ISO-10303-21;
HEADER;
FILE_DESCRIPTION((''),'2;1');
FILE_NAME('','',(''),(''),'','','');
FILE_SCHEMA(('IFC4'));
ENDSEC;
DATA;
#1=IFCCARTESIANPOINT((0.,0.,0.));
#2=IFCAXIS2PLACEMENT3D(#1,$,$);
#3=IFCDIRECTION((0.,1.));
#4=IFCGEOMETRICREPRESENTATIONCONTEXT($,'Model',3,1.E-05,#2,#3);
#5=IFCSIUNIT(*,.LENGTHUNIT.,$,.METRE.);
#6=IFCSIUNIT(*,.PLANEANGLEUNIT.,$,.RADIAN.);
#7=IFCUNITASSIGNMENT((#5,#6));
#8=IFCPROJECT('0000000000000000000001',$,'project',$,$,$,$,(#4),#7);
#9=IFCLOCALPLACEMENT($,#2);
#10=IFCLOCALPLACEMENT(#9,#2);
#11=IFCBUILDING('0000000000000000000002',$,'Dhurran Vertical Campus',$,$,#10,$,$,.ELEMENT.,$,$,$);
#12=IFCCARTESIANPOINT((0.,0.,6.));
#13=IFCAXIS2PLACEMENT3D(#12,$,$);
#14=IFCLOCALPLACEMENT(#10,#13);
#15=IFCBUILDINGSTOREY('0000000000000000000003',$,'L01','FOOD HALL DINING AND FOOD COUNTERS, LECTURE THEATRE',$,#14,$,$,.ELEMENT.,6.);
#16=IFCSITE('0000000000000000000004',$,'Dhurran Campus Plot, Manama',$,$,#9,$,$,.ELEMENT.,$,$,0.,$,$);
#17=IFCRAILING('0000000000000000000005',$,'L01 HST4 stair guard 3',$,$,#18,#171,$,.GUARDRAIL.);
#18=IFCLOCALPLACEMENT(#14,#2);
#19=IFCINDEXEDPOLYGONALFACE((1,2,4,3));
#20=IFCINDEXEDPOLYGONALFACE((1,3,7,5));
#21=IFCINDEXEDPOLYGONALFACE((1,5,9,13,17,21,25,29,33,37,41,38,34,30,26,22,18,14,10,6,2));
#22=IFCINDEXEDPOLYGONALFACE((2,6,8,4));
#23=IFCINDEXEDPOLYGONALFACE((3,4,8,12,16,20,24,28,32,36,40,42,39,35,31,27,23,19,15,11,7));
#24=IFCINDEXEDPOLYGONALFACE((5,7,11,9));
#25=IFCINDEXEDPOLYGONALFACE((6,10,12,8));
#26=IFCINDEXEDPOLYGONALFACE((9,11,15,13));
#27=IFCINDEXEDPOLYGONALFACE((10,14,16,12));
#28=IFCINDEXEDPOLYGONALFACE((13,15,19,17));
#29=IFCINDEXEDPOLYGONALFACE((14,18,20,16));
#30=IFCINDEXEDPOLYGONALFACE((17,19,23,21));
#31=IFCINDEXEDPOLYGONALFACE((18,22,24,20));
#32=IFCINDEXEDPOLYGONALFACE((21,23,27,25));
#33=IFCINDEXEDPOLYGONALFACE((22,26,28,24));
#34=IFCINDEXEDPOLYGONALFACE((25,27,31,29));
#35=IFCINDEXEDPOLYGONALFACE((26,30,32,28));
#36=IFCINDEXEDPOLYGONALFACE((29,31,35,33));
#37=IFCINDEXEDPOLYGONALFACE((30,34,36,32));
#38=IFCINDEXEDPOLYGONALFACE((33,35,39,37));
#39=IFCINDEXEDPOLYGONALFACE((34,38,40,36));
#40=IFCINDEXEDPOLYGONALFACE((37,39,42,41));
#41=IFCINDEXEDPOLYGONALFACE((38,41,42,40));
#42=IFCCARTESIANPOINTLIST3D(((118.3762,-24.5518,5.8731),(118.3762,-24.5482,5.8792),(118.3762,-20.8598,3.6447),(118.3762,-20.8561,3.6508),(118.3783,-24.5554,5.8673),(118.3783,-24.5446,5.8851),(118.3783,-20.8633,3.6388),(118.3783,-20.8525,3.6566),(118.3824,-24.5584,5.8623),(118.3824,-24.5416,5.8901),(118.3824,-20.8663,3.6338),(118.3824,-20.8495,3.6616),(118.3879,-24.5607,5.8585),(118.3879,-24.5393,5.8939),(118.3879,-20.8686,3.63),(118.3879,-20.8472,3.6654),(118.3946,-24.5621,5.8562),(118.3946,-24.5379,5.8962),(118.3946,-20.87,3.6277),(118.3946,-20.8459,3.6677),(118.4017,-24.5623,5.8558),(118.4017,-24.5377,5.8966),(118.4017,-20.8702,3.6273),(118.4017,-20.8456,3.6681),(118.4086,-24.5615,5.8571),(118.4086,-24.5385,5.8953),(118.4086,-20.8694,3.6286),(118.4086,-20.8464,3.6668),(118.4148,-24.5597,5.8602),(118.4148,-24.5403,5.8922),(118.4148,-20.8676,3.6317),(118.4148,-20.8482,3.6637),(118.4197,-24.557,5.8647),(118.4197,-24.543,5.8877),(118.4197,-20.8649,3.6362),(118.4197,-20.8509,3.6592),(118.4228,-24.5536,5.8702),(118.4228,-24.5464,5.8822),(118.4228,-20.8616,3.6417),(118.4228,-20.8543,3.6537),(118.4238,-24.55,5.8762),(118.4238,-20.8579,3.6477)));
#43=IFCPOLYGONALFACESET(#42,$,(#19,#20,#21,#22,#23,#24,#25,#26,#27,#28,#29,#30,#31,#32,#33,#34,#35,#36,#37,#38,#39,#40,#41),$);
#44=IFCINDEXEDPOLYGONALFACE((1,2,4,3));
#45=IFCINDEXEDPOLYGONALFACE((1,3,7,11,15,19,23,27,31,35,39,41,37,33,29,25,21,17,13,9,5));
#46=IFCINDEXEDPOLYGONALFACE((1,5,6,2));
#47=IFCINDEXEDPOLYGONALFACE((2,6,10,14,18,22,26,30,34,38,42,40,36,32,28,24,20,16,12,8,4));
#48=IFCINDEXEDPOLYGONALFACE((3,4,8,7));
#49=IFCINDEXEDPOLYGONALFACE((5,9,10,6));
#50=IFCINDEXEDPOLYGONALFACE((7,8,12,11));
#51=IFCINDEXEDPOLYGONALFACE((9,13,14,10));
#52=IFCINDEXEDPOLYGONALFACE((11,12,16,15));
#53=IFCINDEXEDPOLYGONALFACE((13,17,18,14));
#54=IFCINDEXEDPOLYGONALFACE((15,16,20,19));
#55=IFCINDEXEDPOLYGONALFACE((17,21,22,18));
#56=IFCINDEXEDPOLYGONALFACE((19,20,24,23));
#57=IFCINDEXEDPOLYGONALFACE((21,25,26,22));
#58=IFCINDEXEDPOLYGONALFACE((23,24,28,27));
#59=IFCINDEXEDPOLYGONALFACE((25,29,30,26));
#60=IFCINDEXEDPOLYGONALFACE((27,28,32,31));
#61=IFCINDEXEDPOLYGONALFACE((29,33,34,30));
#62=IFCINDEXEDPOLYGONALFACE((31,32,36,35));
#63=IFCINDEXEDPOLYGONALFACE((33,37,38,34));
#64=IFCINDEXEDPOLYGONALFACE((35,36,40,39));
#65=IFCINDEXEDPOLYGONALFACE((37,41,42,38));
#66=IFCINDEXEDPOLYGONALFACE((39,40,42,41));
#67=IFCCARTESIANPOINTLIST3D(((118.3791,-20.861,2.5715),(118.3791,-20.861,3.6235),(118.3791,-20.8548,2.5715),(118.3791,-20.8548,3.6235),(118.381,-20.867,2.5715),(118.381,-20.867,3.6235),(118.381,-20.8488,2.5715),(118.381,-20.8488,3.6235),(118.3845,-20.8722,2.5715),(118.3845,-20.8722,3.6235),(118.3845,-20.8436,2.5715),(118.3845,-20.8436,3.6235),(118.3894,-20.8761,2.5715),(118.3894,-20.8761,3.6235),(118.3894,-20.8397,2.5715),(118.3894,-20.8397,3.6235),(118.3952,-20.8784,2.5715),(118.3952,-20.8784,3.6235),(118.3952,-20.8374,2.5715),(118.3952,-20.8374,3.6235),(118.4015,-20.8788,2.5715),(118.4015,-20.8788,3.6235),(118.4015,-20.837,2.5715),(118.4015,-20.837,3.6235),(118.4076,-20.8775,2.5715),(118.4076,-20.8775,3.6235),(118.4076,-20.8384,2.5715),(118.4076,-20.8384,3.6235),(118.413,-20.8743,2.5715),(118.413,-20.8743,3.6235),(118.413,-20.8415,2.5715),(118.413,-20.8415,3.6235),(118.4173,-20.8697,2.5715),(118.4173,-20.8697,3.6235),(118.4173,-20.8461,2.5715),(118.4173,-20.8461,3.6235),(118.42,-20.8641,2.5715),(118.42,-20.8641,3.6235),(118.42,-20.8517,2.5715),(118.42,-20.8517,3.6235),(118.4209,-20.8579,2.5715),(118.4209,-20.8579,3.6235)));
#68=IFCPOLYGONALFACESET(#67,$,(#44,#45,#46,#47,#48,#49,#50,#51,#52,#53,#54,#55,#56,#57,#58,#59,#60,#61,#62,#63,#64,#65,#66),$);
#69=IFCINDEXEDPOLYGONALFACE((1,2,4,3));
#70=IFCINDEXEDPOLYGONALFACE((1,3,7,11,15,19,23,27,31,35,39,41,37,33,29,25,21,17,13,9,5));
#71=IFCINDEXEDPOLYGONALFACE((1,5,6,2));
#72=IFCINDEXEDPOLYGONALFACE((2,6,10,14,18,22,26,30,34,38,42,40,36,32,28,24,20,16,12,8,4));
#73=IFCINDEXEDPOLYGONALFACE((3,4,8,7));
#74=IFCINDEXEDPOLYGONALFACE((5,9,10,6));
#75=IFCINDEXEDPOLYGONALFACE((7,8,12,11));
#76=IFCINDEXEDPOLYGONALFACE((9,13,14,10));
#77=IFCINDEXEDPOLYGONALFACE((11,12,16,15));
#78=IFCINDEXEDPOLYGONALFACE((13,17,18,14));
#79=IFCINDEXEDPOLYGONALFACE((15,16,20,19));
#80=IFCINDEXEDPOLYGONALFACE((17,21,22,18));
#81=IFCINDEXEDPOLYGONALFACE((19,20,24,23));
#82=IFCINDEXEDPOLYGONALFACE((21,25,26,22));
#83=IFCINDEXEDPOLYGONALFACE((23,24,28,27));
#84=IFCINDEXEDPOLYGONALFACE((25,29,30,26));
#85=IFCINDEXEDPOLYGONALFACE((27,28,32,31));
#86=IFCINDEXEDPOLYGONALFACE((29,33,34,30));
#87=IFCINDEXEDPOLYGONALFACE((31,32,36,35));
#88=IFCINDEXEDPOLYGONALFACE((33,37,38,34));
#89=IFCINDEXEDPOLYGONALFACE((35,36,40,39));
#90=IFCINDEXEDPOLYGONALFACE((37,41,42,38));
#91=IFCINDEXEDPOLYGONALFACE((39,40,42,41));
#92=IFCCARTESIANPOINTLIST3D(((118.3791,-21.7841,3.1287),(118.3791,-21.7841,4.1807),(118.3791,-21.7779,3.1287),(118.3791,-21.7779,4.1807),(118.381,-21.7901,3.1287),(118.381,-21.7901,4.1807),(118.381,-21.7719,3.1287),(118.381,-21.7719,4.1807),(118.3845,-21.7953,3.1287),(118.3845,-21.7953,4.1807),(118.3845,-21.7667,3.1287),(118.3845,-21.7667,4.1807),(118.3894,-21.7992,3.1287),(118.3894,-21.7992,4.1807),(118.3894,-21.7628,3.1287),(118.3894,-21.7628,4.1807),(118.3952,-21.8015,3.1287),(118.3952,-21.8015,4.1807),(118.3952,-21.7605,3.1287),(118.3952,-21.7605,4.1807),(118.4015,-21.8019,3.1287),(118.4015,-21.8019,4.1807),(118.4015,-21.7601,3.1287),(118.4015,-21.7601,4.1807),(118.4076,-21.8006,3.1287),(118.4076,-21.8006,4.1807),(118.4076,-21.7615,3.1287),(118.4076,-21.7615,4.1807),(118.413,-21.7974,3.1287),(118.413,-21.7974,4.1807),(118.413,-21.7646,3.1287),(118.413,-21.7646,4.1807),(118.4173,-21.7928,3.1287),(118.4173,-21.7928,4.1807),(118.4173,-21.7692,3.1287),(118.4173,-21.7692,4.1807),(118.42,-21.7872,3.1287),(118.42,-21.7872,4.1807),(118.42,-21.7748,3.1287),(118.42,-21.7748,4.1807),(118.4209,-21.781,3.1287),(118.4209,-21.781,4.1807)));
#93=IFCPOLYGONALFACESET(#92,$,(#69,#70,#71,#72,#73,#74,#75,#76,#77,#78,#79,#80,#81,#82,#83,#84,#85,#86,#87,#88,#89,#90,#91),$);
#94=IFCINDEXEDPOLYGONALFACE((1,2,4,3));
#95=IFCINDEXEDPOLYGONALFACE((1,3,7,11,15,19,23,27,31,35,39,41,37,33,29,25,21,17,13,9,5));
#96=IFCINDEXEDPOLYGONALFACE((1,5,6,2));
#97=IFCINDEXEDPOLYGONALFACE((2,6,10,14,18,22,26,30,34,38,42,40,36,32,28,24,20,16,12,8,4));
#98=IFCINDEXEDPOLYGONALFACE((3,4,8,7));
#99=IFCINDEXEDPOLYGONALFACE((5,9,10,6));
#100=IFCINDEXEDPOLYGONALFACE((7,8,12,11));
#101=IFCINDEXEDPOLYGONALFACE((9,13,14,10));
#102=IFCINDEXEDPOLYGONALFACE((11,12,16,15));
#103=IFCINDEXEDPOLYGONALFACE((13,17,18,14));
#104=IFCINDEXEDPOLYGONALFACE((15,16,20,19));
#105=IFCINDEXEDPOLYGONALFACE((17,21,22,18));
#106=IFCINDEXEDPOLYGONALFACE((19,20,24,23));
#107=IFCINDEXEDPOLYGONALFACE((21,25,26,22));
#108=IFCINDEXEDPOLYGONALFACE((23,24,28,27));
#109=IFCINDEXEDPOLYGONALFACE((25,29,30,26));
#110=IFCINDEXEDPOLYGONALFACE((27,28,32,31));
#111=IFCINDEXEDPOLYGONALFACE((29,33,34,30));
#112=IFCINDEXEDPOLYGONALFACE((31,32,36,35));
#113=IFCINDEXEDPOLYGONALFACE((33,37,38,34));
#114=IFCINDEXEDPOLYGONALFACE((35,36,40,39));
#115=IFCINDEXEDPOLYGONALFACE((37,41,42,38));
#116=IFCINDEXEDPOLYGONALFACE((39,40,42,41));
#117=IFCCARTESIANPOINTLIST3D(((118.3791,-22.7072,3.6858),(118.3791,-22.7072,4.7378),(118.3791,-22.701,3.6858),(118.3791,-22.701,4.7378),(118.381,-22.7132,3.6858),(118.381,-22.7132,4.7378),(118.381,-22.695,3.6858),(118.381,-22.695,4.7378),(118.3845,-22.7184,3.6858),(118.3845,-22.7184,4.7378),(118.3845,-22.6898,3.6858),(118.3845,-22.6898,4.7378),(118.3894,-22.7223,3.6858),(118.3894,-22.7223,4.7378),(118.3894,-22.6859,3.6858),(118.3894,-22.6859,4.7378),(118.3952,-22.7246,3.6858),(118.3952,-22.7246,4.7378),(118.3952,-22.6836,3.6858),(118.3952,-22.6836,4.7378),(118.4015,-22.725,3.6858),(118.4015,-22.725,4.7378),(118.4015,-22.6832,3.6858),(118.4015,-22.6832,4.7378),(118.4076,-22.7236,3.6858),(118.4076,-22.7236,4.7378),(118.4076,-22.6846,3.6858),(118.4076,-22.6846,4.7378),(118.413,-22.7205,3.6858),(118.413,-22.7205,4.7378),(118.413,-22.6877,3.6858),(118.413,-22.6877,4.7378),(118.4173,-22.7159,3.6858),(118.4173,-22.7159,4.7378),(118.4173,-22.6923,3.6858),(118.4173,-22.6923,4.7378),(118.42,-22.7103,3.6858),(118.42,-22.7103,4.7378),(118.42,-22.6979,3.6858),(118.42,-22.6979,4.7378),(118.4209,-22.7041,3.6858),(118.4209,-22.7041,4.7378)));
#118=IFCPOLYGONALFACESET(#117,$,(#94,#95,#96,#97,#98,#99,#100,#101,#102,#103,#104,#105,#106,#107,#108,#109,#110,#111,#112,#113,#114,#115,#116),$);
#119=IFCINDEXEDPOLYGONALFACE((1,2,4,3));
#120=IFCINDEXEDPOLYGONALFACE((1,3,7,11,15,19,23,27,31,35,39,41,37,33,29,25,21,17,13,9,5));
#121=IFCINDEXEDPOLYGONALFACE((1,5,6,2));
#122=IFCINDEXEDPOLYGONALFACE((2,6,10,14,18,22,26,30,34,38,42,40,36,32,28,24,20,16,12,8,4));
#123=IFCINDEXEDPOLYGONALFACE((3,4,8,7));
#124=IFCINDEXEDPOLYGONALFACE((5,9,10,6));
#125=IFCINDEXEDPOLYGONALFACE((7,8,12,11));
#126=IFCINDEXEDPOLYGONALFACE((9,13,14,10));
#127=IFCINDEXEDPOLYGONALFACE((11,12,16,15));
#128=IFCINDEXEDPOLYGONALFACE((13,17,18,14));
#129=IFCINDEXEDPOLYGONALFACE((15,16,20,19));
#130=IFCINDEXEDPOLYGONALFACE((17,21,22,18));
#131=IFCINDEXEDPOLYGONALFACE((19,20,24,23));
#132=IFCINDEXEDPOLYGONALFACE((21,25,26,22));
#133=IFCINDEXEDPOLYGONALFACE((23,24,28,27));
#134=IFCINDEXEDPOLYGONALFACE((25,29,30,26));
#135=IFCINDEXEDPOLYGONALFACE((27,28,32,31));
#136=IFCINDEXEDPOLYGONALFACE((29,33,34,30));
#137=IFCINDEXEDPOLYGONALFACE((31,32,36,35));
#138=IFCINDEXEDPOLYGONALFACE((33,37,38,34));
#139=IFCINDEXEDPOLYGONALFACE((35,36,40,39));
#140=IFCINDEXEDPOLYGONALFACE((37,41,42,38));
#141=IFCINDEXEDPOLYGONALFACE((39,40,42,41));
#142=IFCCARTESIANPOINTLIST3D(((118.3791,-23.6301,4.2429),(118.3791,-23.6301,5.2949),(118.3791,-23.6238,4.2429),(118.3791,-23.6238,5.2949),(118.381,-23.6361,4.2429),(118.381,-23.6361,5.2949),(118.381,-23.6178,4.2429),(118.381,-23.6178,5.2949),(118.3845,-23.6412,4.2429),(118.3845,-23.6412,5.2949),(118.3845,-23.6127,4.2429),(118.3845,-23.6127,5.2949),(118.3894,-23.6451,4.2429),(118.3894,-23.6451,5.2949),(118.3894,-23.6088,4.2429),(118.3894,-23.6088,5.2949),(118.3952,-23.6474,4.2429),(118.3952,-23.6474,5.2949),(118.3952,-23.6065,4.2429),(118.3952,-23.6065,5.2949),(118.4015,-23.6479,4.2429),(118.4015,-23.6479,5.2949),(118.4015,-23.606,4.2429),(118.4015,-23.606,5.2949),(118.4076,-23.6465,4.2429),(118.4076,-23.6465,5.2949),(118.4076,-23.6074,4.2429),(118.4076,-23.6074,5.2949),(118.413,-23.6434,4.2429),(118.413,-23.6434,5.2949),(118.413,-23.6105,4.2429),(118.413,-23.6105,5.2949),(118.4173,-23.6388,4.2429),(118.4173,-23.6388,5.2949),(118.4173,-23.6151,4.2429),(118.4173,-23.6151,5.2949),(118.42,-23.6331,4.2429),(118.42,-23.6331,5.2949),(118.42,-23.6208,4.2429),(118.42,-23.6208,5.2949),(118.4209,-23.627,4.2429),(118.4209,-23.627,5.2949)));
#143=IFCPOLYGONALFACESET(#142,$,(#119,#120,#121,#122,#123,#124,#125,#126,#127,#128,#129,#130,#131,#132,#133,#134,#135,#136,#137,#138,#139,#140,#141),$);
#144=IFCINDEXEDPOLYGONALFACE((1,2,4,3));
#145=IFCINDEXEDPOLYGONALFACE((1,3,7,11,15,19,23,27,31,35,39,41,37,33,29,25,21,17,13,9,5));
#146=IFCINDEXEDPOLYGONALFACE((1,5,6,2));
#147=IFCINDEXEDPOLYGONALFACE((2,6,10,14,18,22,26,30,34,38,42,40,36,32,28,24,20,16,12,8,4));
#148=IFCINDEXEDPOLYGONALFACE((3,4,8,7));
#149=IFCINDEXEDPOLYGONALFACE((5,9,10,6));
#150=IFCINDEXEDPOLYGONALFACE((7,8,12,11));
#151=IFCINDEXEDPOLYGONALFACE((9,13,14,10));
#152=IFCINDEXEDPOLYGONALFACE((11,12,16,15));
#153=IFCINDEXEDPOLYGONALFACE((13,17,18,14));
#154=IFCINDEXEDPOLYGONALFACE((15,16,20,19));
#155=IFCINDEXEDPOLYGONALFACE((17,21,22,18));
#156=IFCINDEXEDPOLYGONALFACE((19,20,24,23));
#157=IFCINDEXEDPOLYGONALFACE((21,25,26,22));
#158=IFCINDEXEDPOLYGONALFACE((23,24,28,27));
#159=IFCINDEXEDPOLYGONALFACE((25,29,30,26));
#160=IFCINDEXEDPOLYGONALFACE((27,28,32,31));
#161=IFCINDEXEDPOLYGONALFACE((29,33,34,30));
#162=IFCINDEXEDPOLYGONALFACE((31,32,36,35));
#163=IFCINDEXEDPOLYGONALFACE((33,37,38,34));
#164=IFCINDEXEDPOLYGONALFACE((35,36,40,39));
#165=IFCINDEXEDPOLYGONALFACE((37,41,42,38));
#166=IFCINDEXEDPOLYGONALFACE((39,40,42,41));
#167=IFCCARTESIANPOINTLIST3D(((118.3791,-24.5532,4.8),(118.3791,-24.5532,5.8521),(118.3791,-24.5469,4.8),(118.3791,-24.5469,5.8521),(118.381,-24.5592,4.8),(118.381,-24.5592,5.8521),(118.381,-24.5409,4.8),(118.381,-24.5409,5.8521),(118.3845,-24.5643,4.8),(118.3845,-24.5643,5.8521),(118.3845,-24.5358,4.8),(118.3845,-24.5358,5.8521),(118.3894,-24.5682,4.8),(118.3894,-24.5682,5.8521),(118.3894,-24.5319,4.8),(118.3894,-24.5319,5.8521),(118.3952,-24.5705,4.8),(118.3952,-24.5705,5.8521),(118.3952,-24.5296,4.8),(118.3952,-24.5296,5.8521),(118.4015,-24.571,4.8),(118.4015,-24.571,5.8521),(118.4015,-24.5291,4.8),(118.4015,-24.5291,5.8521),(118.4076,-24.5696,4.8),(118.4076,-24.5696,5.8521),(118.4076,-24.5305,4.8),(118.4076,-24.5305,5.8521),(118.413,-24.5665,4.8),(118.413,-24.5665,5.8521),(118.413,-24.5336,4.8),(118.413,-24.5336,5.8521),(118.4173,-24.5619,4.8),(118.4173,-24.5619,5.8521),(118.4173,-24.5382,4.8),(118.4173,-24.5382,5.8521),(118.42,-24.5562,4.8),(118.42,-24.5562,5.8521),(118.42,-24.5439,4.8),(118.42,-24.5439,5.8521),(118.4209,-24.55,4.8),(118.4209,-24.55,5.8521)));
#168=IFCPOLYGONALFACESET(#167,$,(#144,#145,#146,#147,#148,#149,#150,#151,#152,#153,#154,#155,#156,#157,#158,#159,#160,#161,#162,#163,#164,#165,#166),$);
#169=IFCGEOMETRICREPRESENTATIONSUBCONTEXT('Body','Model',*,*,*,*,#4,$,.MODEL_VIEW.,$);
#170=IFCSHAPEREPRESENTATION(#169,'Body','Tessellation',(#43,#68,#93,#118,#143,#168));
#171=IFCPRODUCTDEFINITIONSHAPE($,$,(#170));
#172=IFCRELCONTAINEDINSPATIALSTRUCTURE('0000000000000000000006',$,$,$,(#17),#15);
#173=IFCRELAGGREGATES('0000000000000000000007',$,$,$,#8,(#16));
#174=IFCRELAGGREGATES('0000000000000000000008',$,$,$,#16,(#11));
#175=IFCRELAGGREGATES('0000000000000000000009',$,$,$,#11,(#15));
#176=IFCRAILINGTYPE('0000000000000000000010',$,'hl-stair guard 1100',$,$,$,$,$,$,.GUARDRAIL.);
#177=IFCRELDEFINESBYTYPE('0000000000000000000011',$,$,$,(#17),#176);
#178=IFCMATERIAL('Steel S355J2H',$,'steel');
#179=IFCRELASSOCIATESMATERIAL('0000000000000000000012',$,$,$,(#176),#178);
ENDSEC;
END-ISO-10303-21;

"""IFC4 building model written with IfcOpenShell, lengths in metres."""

from ifc_helpers import new_model, si_unit, direction, frame, origin, origin_2d, place, context, subcontext, project, spatial, circle, extrude, material, type_object, element, save


model = new_model("IFC4")

# Units and contexts
model_context = context("Model", 3, precision=1e-05, world=origin(), true_north=direction((0.0, 1.0)))
body_context = subcontext(model_context, "Body", "Model", "MODEL_VIEW")
ifc_project = project(units=[si_unit("LENGTHUNIT", "METRE"), si_unit("PLANEANGLEUNIT", "RADIAN")], contexts=[model_context])

# Site, building, storey
site_placement = place(None, origin())
site = spatial("IfcSite", under=ifc_project, at=site_placement, Name="Dhurran Campus Plot, Manama", CompositionType="ELEMENT", RefElevation=0.0)
building_placement = place(site_placement, origin())
building = spatial("IfcBuilding", under=site, at=building_placement, Name="Dhurran Vertical Campus", CompositionType="ELEMENT")
storey_placement = place(building_placement, frame((0.0, 0.0, 6.0)))
storey = spatial("IfcBuildingStorey", under=building, at=storey_placement, Name="L01", Description="FOOD HALL DINING AND FOOD COUNTERS, LECTURE THEATRE", CompositionType="ELEMENT", Elevation=6.0)

# Railing
ifc_material_1 = material(Name="Steel S355J2H", Category="steel")
railing_type_1 = type_object("IfcRailingType", Name="hl-stair guard 1100", PredefinedType="GUARDRAIL", material=ifc_material_1)
railing_1_placement = place(storey_placement, frame((118.3999, -20.8579, 2.5715)))
element("IfcRailing", 1, at=railing_1_placement, inside=storey, type_object=railing_type_1, Name="L01 HST4 stair guard 3", PredefinedType="GUARDRAIL", context=body_context, shape_type="SweptSolid", body=[
    extrude(circle(Radius=0.0239, at=origin_2d()), frame((0.0, 0.0, 1.0762), z_axis=(0.0, -0.856136, 0.51675), x_axis=(1.0, 0.0, 0.0)), (0.0, 0.0, 1.0), 4.3125),
    extrude(circle(Radius=0.021, at=origin_2d()), origin(), (0.0, 0.0, 1.0), 1.052),
    extrude(circle(Radius=0.021, at=origin_2d()), frame((0.0, -0.9231, 0.5571)), (0.0, 0.0, 1.0), 1.052),
    extrude(circle(Radius=0.021, at=origin_2d()), frame((0.0, -1.8462, 1.1143)), (0.0, 0.0, 1.0), 1.052),
    extrude(circle(Radius=0.021, at=origin_2d()), frame((0.0, -2.769, 1.6714)), (0.0, 0.0, 1.0), 1.052),
    extrude(circle(Radius=0.021, at=origin_2d()), frame((0.0, -3.6921, 2.2285)), (0.0, 0.0, 1.0), 1.052),
])

save(model, "model.ifc")
